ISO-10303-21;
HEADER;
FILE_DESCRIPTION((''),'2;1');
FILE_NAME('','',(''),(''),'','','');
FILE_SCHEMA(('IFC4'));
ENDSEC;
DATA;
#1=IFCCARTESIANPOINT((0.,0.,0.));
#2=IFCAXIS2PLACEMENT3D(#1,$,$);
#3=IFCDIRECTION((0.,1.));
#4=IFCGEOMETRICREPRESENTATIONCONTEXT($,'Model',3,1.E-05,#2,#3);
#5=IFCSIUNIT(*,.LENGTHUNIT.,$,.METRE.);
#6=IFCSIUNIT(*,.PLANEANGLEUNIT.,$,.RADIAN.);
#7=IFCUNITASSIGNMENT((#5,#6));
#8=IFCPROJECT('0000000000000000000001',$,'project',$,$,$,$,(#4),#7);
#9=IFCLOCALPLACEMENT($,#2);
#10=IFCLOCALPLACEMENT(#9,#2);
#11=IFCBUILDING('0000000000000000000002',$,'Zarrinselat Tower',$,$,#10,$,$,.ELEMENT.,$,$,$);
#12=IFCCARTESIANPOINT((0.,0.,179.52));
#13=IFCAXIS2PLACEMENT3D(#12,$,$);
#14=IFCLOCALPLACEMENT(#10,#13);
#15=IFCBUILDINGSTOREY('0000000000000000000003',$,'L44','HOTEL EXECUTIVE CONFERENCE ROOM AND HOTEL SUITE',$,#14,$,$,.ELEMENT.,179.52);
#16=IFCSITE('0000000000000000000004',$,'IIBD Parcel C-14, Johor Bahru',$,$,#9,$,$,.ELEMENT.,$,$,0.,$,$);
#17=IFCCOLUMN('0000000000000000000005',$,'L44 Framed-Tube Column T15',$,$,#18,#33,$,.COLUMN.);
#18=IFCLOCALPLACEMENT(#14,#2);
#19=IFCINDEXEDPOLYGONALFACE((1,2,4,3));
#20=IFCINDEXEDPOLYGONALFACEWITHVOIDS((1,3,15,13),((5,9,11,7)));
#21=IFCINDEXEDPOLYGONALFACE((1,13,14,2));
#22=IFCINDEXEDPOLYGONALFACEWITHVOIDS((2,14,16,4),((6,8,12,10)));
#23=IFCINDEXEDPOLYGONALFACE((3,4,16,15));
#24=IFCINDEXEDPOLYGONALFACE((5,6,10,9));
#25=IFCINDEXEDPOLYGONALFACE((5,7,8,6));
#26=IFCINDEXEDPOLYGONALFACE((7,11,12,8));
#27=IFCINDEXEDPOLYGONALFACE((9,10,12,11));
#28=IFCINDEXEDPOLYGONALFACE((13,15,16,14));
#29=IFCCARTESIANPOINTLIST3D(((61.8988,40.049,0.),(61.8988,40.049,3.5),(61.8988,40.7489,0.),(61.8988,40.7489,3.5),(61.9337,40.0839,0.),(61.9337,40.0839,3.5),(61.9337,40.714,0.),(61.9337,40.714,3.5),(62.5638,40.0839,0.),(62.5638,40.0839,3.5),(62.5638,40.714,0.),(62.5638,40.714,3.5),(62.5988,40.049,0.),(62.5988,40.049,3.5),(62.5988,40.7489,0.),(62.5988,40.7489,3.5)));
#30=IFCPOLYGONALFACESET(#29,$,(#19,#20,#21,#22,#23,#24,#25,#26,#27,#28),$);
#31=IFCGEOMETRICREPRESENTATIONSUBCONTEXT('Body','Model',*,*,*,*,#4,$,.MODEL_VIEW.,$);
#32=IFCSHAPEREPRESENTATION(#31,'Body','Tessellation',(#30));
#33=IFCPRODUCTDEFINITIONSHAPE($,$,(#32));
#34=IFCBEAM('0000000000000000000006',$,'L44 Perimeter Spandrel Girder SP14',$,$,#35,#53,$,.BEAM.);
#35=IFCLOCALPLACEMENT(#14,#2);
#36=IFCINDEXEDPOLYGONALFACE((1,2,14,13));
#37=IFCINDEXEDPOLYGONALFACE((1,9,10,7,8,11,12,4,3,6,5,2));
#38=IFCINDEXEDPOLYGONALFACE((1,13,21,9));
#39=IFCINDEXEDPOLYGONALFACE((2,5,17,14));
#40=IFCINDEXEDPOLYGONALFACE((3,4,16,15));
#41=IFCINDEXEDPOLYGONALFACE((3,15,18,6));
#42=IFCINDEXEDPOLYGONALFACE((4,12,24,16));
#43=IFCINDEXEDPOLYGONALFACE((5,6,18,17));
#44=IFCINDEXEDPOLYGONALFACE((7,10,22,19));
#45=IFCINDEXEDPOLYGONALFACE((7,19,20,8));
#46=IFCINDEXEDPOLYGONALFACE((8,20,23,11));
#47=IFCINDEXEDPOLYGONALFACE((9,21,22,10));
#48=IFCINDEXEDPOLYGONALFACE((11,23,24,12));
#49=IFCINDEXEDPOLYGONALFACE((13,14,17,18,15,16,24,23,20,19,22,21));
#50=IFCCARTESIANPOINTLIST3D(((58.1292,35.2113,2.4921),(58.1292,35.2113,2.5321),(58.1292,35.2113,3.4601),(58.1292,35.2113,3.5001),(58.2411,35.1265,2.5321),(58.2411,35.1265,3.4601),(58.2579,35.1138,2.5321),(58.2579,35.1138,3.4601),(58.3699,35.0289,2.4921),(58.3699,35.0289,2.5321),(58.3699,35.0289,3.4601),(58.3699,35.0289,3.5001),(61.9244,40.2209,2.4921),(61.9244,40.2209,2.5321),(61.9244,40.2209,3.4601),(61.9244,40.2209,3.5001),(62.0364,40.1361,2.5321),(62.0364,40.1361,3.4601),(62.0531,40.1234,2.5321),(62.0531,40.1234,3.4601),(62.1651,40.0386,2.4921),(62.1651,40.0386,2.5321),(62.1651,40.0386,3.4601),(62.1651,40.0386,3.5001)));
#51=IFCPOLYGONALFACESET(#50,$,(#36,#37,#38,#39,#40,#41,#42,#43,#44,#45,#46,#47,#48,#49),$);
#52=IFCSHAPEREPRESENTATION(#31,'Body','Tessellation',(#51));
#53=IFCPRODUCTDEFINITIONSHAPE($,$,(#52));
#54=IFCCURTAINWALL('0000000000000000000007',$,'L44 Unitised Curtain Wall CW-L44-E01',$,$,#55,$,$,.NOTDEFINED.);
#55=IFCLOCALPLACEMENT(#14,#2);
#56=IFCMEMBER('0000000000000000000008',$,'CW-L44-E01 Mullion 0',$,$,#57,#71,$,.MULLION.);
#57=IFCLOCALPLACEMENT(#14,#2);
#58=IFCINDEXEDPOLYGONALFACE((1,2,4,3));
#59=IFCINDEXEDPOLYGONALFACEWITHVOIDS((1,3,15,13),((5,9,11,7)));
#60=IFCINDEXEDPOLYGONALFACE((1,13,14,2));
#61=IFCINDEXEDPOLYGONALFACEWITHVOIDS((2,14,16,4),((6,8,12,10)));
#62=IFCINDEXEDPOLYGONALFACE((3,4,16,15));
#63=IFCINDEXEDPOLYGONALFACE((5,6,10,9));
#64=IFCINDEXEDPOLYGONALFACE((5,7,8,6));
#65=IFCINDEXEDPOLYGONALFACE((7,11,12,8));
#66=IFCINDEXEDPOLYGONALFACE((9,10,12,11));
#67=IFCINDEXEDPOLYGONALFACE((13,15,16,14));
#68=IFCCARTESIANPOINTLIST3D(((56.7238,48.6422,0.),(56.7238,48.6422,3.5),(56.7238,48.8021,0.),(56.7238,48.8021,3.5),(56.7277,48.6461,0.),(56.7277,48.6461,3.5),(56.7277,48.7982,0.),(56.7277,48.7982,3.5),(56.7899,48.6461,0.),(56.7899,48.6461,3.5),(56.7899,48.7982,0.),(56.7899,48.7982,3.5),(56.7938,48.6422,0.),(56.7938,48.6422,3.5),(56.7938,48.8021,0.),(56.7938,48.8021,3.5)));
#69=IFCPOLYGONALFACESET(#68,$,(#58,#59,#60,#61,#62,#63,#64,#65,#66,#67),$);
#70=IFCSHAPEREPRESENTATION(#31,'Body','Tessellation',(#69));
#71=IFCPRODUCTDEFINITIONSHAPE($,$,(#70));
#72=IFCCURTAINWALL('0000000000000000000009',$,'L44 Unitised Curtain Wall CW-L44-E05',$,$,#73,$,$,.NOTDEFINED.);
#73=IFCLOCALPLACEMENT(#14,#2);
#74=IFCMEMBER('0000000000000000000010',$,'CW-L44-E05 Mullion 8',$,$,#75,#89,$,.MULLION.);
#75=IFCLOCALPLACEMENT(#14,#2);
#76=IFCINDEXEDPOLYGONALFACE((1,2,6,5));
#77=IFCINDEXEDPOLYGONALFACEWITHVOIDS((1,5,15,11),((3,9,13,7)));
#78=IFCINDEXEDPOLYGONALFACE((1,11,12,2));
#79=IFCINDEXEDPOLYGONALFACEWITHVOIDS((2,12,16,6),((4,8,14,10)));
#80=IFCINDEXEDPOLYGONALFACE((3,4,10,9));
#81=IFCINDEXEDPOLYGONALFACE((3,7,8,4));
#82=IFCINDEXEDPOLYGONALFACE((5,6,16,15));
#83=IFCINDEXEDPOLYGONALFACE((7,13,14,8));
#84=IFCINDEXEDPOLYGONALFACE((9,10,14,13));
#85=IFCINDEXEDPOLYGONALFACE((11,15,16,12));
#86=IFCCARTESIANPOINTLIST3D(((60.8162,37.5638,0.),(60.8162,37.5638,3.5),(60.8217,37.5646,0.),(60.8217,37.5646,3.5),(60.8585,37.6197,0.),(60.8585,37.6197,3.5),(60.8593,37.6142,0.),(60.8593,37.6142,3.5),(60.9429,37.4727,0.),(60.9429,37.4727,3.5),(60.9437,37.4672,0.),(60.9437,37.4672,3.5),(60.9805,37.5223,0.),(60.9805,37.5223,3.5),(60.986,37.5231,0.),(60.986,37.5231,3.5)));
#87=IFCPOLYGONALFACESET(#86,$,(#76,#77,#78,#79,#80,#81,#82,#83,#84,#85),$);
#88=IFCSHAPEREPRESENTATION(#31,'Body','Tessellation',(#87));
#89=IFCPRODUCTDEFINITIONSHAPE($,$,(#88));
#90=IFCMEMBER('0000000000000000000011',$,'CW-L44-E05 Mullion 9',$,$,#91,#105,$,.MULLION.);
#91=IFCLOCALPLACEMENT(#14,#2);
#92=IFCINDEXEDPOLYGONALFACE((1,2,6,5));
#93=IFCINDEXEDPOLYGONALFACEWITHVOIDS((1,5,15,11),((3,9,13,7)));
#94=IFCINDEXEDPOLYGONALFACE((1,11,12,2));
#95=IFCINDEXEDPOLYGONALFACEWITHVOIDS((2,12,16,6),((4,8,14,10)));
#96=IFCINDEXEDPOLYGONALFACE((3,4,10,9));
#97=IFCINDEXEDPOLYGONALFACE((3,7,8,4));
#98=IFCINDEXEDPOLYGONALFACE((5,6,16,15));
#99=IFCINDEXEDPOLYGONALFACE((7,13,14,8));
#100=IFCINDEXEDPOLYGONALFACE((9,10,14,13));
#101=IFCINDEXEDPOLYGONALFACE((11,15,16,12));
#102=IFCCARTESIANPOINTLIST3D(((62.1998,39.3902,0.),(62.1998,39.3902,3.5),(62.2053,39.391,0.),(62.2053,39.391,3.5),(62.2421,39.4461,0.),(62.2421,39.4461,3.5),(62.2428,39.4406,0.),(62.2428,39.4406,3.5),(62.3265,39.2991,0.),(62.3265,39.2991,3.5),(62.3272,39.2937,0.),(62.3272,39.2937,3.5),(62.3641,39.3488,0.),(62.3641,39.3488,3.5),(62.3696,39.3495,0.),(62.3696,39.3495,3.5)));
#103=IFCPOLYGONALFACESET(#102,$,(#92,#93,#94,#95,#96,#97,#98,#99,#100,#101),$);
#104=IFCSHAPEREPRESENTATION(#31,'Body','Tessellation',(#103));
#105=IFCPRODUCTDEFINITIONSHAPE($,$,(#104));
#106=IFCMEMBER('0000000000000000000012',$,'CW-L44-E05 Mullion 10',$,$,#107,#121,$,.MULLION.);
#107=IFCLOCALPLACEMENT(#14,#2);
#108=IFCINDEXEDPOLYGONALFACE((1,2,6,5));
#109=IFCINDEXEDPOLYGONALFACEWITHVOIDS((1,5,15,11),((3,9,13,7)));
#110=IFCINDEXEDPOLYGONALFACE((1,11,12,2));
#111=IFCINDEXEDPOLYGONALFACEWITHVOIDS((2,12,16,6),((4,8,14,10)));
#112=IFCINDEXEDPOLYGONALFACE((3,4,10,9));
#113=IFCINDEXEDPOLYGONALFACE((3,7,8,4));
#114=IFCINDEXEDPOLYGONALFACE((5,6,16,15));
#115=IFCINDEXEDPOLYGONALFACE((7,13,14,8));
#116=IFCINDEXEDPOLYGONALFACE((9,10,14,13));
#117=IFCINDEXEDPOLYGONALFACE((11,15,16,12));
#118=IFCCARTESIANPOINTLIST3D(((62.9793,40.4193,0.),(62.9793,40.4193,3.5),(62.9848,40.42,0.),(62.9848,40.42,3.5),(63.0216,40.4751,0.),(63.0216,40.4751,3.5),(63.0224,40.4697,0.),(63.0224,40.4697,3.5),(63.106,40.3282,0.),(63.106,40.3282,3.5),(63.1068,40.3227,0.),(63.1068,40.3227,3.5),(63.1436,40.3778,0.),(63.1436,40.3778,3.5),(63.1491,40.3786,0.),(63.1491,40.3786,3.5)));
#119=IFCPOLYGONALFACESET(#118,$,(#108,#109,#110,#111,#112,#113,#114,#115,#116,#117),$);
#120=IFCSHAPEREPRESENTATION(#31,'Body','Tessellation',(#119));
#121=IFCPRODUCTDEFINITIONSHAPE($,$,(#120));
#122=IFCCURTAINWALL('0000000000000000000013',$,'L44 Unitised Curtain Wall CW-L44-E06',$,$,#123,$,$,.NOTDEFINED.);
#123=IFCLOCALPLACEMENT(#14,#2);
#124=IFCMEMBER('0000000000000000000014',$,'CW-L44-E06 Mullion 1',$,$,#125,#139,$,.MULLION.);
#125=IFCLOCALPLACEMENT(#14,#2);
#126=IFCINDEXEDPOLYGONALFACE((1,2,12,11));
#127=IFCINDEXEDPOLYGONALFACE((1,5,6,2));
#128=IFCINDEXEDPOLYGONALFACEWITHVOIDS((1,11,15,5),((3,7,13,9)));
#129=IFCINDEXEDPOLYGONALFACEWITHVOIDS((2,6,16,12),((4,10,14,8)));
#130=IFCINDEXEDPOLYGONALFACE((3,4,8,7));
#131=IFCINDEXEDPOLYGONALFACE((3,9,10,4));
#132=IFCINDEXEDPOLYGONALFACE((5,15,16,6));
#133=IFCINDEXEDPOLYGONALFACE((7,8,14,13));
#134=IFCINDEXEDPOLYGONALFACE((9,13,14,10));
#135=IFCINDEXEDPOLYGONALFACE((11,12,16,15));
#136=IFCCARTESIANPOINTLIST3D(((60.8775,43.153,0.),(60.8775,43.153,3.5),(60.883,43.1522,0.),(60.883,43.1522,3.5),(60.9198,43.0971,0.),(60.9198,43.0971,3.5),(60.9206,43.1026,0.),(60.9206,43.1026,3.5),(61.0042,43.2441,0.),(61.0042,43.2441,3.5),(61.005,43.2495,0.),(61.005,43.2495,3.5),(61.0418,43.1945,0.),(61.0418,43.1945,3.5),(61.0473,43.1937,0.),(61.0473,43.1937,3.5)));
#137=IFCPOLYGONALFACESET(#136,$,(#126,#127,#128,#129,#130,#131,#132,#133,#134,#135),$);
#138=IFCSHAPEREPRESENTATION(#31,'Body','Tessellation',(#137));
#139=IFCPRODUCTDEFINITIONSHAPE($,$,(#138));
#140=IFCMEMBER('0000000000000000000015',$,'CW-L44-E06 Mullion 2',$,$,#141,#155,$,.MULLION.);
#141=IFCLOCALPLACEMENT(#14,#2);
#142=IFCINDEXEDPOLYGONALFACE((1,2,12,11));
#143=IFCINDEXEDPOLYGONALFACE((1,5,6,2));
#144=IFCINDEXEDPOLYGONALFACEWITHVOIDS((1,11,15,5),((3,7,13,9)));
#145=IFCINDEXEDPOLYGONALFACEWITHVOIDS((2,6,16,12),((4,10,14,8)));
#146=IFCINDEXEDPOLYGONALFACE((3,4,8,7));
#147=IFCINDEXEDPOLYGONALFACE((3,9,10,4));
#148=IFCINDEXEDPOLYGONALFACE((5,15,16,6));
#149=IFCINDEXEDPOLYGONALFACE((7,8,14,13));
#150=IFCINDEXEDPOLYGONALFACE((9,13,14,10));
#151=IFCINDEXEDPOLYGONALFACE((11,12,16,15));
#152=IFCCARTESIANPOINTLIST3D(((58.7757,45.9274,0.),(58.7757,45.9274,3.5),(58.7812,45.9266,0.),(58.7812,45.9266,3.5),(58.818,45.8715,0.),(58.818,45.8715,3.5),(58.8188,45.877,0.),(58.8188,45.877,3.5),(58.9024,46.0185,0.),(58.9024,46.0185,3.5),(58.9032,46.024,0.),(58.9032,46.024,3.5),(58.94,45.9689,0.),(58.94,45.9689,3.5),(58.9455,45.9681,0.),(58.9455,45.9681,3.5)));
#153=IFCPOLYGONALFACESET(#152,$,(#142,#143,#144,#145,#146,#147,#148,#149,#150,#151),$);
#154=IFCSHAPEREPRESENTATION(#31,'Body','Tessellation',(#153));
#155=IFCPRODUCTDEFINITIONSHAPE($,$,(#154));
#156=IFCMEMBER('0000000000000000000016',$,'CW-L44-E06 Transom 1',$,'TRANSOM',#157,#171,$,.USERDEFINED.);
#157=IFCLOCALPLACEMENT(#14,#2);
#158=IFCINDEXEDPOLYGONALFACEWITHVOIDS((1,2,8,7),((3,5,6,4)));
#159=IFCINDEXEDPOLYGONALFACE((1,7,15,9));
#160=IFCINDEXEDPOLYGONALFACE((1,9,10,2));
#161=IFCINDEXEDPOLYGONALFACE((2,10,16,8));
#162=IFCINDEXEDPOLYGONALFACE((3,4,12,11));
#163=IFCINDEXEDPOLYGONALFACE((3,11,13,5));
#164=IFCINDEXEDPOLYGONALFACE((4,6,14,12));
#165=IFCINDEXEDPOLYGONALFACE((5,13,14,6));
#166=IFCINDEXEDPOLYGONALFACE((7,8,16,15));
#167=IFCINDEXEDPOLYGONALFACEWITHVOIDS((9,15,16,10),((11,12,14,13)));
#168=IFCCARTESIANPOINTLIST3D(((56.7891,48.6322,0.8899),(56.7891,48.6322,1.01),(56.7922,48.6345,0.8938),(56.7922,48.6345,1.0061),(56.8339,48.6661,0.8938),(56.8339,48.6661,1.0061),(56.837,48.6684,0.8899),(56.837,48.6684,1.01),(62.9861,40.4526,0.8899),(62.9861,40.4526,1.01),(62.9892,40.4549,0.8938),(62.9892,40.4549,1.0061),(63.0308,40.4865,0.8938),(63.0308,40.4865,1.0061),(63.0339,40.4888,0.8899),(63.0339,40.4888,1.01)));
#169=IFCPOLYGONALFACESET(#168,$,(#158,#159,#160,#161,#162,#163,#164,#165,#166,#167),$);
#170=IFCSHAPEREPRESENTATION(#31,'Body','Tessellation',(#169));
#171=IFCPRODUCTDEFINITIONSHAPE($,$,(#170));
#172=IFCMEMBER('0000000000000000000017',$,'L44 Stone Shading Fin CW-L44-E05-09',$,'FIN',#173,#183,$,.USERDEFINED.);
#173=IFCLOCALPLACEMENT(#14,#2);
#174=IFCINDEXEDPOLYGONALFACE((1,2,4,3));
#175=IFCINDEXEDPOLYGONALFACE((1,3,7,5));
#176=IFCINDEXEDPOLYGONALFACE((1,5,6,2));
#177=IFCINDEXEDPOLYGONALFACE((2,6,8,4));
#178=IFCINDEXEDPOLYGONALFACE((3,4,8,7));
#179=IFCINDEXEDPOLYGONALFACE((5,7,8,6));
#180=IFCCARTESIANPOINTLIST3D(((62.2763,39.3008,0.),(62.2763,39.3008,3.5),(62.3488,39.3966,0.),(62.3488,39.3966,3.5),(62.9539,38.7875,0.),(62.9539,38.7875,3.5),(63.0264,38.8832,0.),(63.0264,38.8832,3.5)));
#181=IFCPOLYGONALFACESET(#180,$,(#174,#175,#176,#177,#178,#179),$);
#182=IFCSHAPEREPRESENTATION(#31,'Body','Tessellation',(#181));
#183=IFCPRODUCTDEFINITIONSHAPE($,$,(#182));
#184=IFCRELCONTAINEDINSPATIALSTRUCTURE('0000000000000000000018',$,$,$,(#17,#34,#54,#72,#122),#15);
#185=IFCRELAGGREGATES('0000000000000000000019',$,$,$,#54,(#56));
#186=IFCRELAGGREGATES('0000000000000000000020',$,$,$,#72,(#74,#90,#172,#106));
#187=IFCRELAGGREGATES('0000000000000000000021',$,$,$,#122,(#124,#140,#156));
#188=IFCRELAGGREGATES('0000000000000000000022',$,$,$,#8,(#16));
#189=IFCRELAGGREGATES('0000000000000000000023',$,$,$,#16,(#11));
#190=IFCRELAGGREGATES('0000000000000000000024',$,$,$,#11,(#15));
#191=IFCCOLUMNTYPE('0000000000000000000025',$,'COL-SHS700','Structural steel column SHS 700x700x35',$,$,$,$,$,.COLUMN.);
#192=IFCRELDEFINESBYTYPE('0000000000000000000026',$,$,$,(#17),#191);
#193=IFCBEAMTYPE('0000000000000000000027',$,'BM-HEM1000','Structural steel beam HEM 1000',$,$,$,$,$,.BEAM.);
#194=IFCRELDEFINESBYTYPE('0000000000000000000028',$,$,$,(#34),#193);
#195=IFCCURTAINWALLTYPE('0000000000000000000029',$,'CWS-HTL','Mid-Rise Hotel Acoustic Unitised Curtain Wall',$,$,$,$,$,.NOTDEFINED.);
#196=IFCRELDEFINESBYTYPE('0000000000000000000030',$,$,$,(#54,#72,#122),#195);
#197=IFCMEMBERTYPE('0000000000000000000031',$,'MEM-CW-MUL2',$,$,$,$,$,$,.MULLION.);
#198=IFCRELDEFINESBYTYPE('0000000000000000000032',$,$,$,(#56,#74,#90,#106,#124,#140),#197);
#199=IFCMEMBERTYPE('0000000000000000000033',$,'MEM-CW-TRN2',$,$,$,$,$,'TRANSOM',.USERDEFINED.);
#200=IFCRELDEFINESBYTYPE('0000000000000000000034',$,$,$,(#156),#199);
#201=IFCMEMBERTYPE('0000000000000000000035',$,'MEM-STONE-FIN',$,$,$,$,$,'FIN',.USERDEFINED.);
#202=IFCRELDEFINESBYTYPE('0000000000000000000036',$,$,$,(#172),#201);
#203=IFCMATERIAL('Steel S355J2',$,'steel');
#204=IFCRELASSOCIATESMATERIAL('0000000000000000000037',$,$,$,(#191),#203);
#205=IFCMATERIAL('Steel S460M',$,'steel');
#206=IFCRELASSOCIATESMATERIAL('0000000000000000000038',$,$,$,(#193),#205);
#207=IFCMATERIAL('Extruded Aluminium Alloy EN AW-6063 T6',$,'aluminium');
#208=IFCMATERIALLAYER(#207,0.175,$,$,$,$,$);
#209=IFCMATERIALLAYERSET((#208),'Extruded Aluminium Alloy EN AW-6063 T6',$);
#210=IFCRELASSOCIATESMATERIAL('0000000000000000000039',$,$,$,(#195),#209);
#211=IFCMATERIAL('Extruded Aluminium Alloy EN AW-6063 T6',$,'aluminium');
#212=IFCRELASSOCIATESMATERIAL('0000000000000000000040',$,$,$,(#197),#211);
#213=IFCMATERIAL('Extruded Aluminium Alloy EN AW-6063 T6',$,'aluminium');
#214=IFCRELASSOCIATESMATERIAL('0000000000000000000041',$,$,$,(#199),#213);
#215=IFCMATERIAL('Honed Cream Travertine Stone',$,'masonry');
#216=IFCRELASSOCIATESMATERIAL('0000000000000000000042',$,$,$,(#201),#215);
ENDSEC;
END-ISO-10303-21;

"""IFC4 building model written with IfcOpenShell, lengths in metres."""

from ifc_helpers import new_model, si_unit, direction, frame, origin, origin_2d, place, context, subcontext, project, spatial, rectangle, hollow_rectangle, i_section, extrude, material, layer, layer_set, material_profile, profile_set, type_object, element, aggregate, save


model = new_model("IFC4")

# Units and contexts
model_context = context("Model", 3, precision=1e-05, world=origin(), true_north=direction((0.0, 1.0)))
body_context = subcontext(model_context, "Body", "Model", "MODEL_VIEW")
ifc_project = project(units=[si_unit("LENGTHUNIT", "METRE"), si_unit("PLANEANGLEUNIT", "RADIAN")], contexts=[model_context])

# Site, building, storey
site_placement = place(None, origin())
site = spatial("IfcSite", under=ifc_project, at=site_placement, Name="IIBD Parcel C-14, Johor Bahru", CompositionType="ELEMENT", RefElevation=0.0)
building_placement = place(site_placement, origin())
building = spatial("IfcBuilding", under=site, at=building_placement, Name="Zarrinselat Tower", CompositionType="ELEMENT")
storey_placement = place(building_placement, frame((0.0, 0.0, 179.52)))
storey = spatial("IfcBuildingStorey", under=building, at=storey_placement, Name="L44", Description="HOTEL EXECUTIVE CONFERENCE ROOM AND HOTEL SUITE", CompositionType="ELEMENT", Elevation=179.52)

# Column
ifc_material_1 = material(Name="Steel S355J2", Category="steel")
ifc_material_profile_1 = material_profile(ifc_material_1, hollow_rectangle(XDim=0.7, YDim=0.7, WallThickness=0.0349, at=origin_2d()), Name="SHS 700x700x35")
ifc_profile_set_1 = profile_set([ifc_material_profile_1], Name="Steel S355J2")
column_type = type_object("IfcColumnType", Name="COL-SHS700", Description="Structural steel column SHS 700x700x35", PredefinedType="COLUMN", material=ifc_profile_set_1)
column_placement = place(storey_placement, frame((62.2488, 40.3989, 0.0), z_axis=(0.0, 0.0, 1.0), x_axis=(1.0, 0.0, 0.0)))
element("IfcColumn", 1, at=column_placement, inside=storey, type_object=column_type, Name="L44 Framed-Tube Column T15", PredefinedType="COLUMN", context=body_context, shape_type="SweptSolid", body=[
    extrude(hollow_rectangle(XDim=0.7, YDim=0.7, WallThickness=0.0349, at=origin_2d()), origin(), (0.0, 0.0, 1.0), 3.5),
])

# Beam
ifc_material_2 = material(Name="Steel S460M", Category="steel")
ifc_material_profile_2 = material_profile(ifc_material_2, i_section(OverallWidth=0.302, OverallDepth=1.0081, WebThickness=0.021, FlangeThickness=0.04, at=origin_2d()), Name="HEM 1000")
ifc_profile_set_2 = profile_set([ifc_material_profile_2], Name="Steel S460M")
beam_type = type_object("IfcBeamType", Name="BM-HEM1000", Description="Structural steel beam HEM 1000", PredefinedType="BEAM", material=ifc_profile_set_2)
beam_placement = place(storey_placement, frame((58.2495, 35.1201, 2.9961), z_axis=(0.603865, 0.797086, 0.0), x_axis=(-0.797086, 0.603865, 0.0)))
element("IfcBeam", 2, at=beam_placement, inside=storey, type_object=beam_type, Name="L44 Perimeter Spandrel Girder SP14", PredefinedType="BEAM", context=body_context, shape_type="SweptSolid", body=[
    extrude(i_section(OverallWidth=0.302, OverallDepth=1.0081, WebThickness=0.021, FlangeThickness=0.04, at=origin_2d()), origin(), (0.0, 0.0, 1.0), 6.2849),
])

# Curtain wall, member
ifc_material_3 = material(Name="Extruded Aluminium Alloy EN AW-6063 T6", Category="aluminium")
ifc_layer_1 = layer(ifc_material_3, 0.175)
ifc_layer_set_1 = layer_set([ifc_layer_1], Name="Extruded Aluminium Alloy EN AW-6063 T6")
curtain_wall_type = type_object("IfcCurtainWallType", Name="CWS-HTL", Description="Mid-Rise Hotel Acoustic Unitised Curtain Wall", PredefinedType="NOTDEFINED", material=ifc_layer_set_1)
curtain_wall_1_placement = place(storey_placement, origin())
curtain_wall_1 = element("IfcCurtainWall", 3, at=curtain_wall_1_placement, inside=storey, type_object=curtain_wall_type, Name="L44 Unitised Curtain Wall CW-L44-E01", PredefinedType="NOTDEFINED")
ifc_material_4 = material(Name="Extruded Aluminium Alloy EN AW-6063 T6", Category="aluminium")
ifc_material_profile_3 = material_profile(ifc_material_4, hollow_rectangle(XDim=0.0701, YDim=0.1599, WallThickness=0.0039, at=origin_2d()), Name="RHS 160x70x4")
ifc_profile_set_3 = profile_set([ifc_material_profile_3], Name="Extruded Aluminium Alloy EN AW-6063 T6")
member_type_1 = type_object("IfcMemberType", Name="MEM-CW-MUL2", PredefinedType="MULLION", material=ifc_profile_set_3)
member_1_placement = place(storey_placement, frame((56.7588, 48.7222, 0.0), z_axis=(0.0, 0.0, 1.0), x_axis=(-1.0, 0.0, 0.0)))
member_1 = element("IfcMember", 4, at=member_1_placement, type_object=member_type_1, Name="CW-L44-E01 Mullion 0", PredefinedType="MULLION", context=body_context, shape_type="SweptSolid", body=[
    extrude(hollow_rectangle(XDim=0.0701, YDim=0.1599, WallThickness=0.0039, at=origin_2d()), origin(), (0.0, 0.0, 1.0), 3.5),
])
aggregate(curtain_wall_1, [member_1])

# Curtain walls, members
curtain_wall_2_placement = place(storey_placement, origin())
curtain_wall_2 = element("IfcCurtainWall", 5, at=curtain_wall_2_placement, inside=storey, type_object=curtain_wall_type, Name="L44 Unitised Curtain Wall CW-L44-E05", PredefinedType="NOTDEFINED")
member_2_placement = place(storey_placement, frame((60.9011, 37.5435, 0.0), z_axis=(0.0, 0.0, 1.0), x_axis=(0.603859, 0.797091, 0.0)))
member_2 = element("IfcMember", 6, at=member_2_placement, type_object=member_type_1, Name="CW-L44-E05 Mullion 8", PredefinedType="MULLION", context=body_context, shape_type="SweptSolid", body=[
    extrude(hollow_rectangle(XDim=0.0701, YDim=0.1599, WallThickness=0.0039, at=origin_2d()), origin(), (0.0, 0.0, 1.0), 3.5),
])
member_3_placement = place(storey_placement, frame((62.2847, 39.3699, 0.0), z_axis=(0.0, 0.0, 1.0), x_axis=(0.603859, 0.797091, 0.0)))
member_3 = element("IfcMember", 7, at=member_3_placement, type_object=member_type_1, Name="CW-L44-E05 Mullion 9", PredefinedType="MULLION", context=body_context, shape_type="SweptSolid", body=[
    extrude(hollow_rectangle(XDim=0.0701, YDim=0.1599, WallThickness=0.0039, at=origin_2d()), origin(), (0.0, 0.0, 1.0), 3.5),
])
member_4_placement = place(storey_placement, frame((63.0642, 40.3989, 0.0), z_axis=(0.0, 0.0, 1.0), x_axis=(0.603859, 0.797091, 0.0)))
member_4 = element("IfcMember", 8, at=member_4_placement, type_object=member_type_1, Name="CW-L44-E05 Mullion 10", PredefinedType="MULLION", context=body_context, shape_type="SweptSolid", body=[
    extrude(hollow_rectangle(XDim=0.0701, YDim=0.1599, WallThickness=0.0039, at=origin_2d()), origin(), (0.0, 0.0, 1.0), 3.5),
])
curtain_wall_3_placement = place(storey_placement, origin())
curtain_wall_3 = element("IfcCurtainWall", 9, at=curtain_wall_3_placement, inside=storey, type_object=curtain_wall_type, Name="L44 Unitised Curtain Wall CW-L44-E06", PredefinedType="NOTDEFINED")
member_5_placement = place(storey_placement, frame((60.9624, 43.1733, 0.0), z_axis=(0.0, 0.0, 1.0), x_axis=(-0.60386, 0.79709, 0.0)))
member_5 = element("IfcMember", 10, at=member_5_placement, type_object=member_type_1, Name="CW-L44-E06 Mullion 1", PredefinedType="MULLION", context=body_context, shape_type="SweptSolid", body=[
    extrude(hollow_rectangle(XDim=0.0701, YDim=0.1599, WallThickness=0.0039, at=origin_2d()), origin(), (0.0, 0.0, 1.0), 3.5),
])
member_6_placement = place(storey_placement, frame((58.8606, 45.9478, 0.0), z_axis=(0.0, 0.0, 1.0), x_axis=(-0.60386, 0.79709, 0.0)))
member_6 = element("IfcMember", 11, at=member_6_placement, type_object=member_type_1, Name="CW-L44-E06 Mullion 2", PredefinedType="MULLION", context=body_context, shape_type="SweptSolid", body=[
    extrude(hollow_rectangle(XDim=0.0701, YDim=0.1599, WallThickness=0.0039, at=origin_2d()), origin(), (0.0, 0.0, 1.0), 3.5),
])
ifc_material_5 = material(Name="Extruded Aluminium Alloy EN AW-6063 T6", Category="aluminium")
ifc_material_profile_4 = material_profile(ifc_material_5, hollow_rectangle(XDim=0.0601, YDim=0.1201, WallThickness=0.0039, at=origin_2d()), Name="RHS 120x60x4")
ifc_profile_set_4 = profile_set([ifc_material_profile_4], Name="Extruded Aluminium Alloy EN AW-6063 T6")
member_type_2 = type_object("IfcMemberType", Name="MEM-CW-TRN2", ElementType="TRANSOM", PredefinedType="USERDEFINED", material=ifc_profile_set_4)
member_7_placement = place(storey_placement, frame((63.01, 40.4707, 0.95), z_axis=(-0.603876, 0.797079, 0.0), x_axis=(-0.797079, -0.603876, 0.0)))
member_7 = element("IfcMember", 12, at=member_7_placement, type_object=member_type_2, Name="CW-L44-E06 Transom 1", ObjectType="TRANSOM", PredefinedType="USERDEFINED", context=body_context, shape_type="SweptSolid", body=[
    extrude(hollow_rectangle(XDim=0.0601, YDim=0.1201, WallThickness=0.0039, at=origin_2d()), origin(), (0.0, 0.0, 1.0), 10.262),
])

# Member
ifc_material_6 = material(Name="Honed Cream Travertine Stone", Category="masonry")
ifc_material_profile_5 = material_profile(ifc_material_6, rectangle(XDim=0.1201, YDim=0.8501, at=origin_2d()), Name="FIN 850x120")
ifc_profile_set_5 = profile_set([ifc_material_profile_5], Name="Honed Cream Travertine Stone")
member_type_3 = type_object("IfcMemberType", Name="MEM-STONE-FIN", ElementType="FIN", PredefinedType="USERDEFINED", material=ifc_profile_set_5)
member_8_placement = place(storey_placement, frame((62.6514, 39.092, 0.0), z_axis=(0.0, 0.0, 1.0), x_axis=(-0.603859, -0.797091, 0.0)))
member_8 = element("IfcMember", 13, at=member_8_placement, type_object=member_type_3, Name="L44 Stone Shading Fin CW-L44-E05-09", ObjectType="FIN", PredefinedType="USERDEFINED", context=body_context, shape_type="SweptSolid", body=[
    extrude(rectangle(XDim=0.1201, YDim=0.8501, at=origin_2d()), origin(), (0.0, 0.0, 1.0), 3.5),
])

aggregate(curtain_wall_2, [member_2, member_3, member_8, member_4])
aggregate(curtain_wall_3, [member_5, member_6, member_7])

save(model, "model.ifc")
